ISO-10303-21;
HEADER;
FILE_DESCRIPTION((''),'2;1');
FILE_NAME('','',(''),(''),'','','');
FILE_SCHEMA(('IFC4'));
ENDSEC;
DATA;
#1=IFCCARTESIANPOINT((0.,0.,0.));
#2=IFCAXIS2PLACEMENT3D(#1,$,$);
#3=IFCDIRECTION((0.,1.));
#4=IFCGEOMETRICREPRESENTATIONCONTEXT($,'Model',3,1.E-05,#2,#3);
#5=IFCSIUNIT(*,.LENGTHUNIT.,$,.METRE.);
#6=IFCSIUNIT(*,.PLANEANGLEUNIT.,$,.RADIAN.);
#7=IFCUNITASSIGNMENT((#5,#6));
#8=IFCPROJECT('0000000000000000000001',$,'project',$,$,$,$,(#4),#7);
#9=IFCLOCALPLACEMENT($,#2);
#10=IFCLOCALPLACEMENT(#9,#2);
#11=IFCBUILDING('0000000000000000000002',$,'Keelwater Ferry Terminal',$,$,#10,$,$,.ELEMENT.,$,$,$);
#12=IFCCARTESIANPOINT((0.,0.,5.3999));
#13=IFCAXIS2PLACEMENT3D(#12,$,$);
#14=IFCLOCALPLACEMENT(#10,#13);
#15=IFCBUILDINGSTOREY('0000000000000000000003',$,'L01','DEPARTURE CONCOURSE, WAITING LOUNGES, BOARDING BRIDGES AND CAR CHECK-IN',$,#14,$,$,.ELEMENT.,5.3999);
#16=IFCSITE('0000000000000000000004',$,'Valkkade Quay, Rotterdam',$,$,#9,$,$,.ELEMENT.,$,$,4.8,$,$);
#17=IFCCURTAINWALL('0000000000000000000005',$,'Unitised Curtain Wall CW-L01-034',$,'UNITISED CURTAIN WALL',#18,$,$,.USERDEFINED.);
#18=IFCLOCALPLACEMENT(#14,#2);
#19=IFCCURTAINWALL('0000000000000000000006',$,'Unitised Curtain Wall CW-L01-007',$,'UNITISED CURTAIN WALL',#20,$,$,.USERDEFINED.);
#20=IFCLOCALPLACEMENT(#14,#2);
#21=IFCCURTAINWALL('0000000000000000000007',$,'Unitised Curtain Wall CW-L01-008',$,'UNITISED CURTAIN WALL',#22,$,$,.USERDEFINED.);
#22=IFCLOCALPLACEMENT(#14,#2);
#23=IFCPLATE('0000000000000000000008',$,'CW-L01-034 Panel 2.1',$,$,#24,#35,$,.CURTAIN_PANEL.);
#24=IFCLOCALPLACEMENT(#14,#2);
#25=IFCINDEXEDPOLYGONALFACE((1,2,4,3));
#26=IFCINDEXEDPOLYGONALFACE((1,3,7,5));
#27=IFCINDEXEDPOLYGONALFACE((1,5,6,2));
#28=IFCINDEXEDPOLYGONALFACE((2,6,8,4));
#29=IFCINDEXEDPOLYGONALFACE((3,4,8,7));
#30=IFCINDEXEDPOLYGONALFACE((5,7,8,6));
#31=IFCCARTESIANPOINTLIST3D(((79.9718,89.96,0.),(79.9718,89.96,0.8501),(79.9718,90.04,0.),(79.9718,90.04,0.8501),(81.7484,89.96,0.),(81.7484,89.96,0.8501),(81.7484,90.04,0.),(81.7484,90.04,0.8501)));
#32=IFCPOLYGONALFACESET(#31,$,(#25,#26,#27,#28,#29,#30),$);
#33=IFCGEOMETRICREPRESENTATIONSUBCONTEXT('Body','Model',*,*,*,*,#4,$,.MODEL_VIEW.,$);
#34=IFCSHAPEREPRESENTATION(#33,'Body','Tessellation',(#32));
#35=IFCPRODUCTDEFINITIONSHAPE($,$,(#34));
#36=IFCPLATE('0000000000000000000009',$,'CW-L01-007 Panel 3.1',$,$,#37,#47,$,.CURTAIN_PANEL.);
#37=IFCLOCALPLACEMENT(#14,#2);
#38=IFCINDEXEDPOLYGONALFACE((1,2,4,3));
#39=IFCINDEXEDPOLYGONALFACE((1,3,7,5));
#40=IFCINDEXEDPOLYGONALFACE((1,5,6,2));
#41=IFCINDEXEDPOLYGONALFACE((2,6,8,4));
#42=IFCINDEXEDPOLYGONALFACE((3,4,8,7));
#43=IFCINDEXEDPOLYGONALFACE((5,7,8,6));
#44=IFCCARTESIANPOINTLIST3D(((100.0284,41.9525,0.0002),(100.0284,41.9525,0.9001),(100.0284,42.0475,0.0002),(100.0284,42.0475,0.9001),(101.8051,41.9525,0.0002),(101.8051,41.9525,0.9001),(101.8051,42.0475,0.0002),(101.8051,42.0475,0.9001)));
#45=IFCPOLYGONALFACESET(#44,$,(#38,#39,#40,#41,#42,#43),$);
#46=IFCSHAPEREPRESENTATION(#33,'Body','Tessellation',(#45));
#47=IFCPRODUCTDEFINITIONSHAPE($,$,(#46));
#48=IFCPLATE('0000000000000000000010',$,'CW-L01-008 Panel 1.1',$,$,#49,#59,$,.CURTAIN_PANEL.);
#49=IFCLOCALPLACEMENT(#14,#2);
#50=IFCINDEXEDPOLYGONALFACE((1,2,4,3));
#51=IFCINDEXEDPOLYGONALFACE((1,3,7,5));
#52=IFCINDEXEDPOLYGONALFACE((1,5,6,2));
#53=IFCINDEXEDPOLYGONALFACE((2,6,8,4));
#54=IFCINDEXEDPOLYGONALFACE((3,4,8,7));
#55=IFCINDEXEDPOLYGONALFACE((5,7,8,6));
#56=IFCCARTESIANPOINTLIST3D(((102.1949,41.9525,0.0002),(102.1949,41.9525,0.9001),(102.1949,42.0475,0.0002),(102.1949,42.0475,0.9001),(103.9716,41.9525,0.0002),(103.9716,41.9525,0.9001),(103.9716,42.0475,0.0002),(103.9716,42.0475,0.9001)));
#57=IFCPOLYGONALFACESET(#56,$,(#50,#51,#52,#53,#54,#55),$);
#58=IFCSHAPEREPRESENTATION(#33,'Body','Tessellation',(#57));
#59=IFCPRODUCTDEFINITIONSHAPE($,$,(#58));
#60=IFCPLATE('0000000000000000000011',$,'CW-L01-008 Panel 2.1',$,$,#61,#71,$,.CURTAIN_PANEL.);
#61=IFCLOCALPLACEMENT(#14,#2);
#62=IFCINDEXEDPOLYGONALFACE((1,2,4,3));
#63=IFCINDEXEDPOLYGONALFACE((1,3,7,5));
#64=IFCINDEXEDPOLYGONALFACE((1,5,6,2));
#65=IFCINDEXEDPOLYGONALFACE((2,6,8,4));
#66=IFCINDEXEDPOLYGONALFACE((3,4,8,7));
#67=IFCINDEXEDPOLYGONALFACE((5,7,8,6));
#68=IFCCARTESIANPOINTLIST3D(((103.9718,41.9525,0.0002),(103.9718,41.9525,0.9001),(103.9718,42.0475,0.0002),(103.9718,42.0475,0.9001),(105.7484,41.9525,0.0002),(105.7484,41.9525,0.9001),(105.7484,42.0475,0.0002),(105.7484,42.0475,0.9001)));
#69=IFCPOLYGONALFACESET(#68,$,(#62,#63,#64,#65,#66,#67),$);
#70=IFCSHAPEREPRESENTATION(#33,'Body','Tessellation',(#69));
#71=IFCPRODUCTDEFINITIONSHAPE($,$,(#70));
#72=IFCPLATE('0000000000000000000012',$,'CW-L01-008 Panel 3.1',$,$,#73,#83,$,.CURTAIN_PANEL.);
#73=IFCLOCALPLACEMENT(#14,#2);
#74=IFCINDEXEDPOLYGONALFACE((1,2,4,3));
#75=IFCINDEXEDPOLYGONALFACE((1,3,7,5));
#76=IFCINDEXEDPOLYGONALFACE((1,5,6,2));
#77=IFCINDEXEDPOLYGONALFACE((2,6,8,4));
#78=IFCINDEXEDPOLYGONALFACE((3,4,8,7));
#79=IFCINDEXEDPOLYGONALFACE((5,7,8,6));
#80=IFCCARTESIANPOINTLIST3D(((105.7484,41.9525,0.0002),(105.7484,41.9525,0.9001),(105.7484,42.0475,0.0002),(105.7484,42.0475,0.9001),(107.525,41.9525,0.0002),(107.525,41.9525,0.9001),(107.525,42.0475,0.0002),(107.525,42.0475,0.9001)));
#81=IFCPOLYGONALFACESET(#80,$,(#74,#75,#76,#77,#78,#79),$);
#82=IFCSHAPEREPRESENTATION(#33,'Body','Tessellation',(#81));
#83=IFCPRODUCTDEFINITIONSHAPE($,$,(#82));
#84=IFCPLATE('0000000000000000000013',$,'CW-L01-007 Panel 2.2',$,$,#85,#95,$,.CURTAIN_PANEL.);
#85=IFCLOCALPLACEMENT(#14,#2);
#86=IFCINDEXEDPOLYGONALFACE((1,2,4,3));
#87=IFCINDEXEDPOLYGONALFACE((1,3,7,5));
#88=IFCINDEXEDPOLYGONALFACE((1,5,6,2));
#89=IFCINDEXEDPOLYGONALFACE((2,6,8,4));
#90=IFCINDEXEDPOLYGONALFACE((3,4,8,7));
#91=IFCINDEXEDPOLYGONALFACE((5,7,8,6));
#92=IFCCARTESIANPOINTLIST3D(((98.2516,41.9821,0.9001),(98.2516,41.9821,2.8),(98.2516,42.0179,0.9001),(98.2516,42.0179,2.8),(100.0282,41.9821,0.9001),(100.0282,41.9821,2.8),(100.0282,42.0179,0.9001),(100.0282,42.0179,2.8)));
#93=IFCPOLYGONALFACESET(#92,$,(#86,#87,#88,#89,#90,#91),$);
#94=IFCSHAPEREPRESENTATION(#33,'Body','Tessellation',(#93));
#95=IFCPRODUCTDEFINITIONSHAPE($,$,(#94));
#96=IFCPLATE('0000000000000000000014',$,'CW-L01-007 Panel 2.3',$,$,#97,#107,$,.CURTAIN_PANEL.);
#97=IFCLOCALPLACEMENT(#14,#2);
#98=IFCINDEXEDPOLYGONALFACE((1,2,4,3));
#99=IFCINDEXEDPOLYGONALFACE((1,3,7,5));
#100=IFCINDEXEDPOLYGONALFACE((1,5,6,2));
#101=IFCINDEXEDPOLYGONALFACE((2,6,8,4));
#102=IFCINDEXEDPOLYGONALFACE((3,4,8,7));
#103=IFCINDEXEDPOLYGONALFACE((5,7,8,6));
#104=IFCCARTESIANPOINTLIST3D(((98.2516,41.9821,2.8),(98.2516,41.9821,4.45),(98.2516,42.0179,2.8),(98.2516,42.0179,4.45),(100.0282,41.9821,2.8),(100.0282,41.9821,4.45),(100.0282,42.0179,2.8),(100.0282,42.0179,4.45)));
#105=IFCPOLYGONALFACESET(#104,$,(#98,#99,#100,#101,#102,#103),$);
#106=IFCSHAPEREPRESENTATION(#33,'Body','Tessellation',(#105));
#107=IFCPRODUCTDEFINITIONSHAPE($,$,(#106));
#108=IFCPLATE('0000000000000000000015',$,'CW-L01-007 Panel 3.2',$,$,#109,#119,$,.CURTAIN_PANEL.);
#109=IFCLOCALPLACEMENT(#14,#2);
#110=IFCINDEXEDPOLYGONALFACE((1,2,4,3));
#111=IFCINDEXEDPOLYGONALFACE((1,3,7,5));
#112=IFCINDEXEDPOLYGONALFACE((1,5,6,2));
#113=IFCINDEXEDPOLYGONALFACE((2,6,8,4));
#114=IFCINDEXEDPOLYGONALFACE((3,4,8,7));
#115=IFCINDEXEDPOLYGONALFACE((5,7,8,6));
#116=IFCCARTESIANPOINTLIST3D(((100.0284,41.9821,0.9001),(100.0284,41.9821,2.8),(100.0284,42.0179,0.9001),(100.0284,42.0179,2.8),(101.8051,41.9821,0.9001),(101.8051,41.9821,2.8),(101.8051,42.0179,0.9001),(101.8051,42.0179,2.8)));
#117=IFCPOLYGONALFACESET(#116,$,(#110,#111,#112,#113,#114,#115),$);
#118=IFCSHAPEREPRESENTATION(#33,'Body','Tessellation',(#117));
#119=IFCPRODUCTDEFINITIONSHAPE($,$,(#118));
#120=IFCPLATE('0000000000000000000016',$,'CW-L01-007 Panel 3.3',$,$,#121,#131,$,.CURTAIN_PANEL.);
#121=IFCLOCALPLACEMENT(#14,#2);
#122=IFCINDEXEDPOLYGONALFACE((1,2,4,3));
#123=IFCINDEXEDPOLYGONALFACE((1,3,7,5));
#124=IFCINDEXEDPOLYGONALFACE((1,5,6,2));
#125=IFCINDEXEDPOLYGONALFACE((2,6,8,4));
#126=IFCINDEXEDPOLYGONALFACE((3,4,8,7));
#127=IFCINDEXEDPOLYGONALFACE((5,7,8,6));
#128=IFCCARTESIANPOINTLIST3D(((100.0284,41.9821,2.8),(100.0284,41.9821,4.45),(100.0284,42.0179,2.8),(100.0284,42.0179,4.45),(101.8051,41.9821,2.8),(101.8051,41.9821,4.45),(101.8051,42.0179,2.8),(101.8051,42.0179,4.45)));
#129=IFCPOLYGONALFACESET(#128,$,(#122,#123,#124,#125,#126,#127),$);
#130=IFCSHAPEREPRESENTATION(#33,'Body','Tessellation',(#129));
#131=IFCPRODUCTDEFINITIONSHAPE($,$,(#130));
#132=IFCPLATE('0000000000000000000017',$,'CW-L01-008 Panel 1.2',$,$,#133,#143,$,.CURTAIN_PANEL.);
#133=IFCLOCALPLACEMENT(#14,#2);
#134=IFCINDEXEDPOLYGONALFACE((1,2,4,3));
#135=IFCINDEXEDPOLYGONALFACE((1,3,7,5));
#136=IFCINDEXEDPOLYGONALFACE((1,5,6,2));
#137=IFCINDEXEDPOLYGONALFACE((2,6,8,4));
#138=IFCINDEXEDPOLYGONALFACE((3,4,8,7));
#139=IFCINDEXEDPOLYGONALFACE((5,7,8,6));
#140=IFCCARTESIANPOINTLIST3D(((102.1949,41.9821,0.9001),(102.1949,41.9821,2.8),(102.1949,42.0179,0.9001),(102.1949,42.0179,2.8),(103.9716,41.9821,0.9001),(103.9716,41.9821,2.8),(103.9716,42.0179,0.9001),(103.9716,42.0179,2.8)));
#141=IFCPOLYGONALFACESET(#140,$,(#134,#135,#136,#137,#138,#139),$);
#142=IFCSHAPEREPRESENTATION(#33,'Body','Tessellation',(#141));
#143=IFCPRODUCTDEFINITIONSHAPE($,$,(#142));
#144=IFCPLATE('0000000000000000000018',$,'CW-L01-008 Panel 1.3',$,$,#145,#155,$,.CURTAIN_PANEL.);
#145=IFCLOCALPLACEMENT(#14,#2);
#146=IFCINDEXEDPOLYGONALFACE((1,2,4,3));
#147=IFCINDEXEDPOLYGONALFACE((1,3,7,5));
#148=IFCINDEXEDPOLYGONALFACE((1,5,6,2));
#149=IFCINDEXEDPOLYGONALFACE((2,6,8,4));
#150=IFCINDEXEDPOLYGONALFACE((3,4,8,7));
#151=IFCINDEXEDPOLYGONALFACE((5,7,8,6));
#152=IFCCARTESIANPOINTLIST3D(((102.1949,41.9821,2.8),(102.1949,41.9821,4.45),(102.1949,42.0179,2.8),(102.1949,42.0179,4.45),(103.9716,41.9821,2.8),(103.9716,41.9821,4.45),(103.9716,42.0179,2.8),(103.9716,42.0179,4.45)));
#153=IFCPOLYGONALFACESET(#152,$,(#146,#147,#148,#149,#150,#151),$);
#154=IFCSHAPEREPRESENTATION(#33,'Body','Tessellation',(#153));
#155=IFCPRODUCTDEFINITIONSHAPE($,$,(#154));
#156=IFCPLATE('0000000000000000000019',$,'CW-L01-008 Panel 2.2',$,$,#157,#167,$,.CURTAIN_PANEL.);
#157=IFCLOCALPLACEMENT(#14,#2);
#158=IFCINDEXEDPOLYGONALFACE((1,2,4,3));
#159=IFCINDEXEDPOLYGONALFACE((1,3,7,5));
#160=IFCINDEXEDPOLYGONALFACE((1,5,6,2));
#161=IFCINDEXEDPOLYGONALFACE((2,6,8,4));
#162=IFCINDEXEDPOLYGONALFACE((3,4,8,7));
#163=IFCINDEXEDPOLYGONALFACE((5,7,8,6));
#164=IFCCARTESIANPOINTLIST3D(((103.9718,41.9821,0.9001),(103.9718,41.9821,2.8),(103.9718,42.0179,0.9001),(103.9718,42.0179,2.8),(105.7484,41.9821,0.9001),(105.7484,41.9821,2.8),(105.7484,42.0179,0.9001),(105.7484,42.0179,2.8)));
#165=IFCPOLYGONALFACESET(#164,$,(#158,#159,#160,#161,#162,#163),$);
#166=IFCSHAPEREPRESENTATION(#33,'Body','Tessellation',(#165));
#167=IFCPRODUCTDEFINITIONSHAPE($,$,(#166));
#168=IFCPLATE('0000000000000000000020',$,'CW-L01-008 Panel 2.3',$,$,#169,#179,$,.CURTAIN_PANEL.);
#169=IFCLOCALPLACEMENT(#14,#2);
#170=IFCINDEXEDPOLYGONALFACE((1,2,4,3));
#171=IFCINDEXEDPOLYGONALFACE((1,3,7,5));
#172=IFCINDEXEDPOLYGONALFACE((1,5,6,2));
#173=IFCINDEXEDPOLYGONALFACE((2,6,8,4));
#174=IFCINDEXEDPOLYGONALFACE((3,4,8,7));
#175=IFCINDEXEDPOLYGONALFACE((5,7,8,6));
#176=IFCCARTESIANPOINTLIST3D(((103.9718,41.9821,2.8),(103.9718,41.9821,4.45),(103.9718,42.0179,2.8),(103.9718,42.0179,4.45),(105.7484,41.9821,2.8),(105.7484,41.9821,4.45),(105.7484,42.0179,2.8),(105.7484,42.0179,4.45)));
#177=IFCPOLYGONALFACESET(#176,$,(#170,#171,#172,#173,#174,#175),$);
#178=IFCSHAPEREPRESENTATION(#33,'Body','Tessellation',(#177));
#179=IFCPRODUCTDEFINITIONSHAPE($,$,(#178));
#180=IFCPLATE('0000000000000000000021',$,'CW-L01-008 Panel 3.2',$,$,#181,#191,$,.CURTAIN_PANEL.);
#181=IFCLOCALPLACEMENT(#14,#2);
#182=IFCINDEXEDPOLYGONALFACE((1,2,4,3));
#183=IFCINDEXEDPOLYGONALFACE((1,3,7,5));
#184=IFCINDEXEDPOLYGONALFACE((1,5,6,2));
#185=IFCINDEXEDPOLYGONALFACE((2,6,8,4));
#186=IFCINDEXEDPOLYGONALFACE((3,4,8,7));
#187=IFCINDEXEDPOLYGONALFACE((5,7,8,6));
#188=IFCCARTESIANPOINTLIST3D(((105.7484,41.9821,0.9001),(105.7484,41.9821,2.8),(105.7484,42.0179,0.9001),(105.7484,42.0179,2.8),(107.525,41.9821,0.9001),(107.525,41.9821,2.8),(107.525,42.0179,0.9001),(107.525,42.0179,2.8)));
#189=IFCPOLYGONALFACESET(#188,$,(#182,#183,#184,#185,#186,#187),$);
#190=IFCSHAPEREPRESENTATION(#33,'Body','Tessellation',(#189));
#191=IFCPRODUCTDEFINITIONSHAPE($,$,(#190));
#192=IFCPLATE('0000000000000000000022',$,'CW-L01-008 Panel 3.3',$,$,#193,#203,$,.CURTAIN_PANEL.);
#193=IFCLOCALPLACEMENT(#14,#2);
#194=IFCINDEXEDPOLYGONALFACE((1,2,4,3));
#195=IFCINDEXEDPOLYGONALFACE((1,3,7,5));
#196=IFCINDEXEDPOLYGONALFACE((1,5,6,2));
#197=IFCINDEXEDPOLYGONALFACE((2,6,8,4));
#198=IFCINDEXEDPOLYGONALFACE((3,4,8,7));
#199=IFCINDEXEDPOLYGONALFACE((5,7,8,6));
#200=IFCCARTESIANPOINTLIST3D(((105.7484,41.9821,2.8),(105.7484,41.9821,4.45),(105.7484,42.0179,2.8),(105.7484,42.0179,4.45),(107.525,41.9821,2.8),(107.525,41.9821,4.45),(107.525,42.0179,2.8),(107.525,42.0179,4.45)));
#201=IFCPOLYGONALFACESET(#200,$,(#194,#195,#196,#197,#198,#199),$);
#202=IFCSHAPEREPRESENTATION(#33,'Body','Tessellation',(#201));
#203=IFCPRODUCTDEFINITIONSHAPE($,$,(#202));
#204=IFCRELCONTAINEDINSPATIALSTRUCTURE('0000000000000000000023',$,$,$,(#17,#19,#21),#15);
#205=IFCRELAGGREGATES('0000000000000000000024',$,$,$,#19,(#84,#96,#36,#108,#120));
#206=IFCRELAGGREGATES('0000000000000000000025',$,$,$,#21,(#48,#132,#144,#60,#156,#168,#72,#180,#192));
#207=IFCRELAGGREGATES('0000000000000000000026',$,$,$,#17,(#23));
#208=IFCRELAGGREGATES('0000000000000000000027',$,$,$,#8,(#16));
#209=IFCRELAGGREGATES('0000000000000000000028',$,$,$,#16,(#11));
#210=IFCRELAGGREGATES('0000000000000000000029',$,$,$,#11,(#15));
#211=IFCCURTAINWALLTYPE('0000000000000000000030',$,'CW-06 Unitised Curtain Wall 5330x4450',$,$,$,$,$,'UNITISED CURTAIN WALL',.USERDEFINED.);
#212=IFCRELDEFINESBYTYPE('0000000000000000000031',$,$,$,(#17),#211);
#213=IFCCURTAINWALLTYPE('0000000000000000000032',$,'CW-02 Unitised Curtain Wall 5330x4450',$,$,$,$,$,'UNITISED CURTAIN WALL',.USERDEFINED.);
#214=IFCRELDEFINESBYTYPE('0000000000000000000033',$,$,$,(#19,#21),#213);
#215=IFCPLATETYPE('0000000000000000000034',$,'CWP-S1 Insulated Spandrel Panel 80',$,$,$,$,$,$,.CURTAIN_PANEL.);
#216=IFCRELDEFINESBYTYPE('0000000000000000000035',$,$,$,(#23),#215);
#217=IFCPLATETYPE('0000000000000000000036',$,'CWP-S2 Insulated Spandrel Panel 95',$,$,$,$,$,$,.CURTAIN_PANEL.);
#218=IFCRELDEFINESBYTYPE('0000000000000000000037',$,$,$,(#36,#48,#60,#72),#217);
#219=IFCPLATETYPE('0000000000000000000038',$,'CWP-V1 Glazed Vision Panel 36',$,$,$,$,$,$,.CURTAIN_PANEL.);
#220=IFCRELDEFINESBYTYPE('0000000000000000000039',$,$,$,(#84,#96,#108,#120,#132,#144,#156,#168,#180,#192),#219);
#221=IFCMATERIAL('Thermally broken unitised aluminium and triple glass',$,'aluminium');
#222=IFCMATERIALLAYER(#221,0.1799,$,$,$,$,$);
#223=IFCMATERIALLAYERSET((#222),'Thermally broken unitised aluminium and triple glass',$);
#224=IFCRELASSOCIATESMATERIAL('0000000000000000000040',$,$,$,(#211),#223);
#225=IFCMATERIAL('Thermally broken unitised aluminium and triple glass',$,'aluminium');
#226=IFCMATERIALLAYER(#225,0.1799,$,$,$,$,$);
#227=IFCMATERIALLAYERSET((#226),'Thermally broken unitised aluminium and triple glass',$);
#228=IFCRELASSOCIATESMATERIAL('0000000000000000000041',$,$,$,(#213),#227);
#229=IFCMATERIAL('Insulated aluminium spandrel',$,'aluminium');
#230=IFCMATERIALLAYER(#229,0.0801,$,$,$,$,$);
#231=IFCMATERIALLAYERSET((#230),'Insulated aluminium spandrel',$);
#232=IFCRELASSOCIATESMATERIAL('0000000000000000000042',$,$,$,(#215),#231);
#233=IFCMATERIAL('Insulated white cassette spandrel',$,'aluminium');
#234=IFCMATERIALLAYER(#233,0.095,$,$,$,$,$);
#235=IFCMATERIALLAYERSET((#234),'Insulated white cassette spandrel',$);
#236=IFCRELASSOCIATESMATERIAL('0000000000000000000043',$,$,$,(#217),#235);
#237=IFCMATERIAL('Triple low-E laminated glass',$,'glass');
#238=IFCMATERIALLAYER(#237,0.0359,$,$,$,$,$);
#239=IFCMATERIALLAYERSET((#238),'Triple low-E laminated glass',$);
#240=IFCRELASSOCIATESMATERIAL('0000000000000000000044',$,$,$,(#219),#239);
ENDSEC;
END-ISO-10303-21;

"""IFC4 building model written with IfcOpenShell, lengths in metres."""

from ifc_helpers import new_model, si_unit, direction, frame, origin, origin_2d, place, context, subcontext, project, spatial, rectangle, extrude, material, layer, layer_set, type_object, element, aggregate, save


model = new_model("IFC4")

# Units and contexts
model_context = context("Model", 3, precision=1e-05, world=origin(), true_north=direction((0.0, 1.0)))
body_context = subcontext(model_context, "Body", "Model", "MODEL_VIEW")
ifc_project = project(units=[si_unit("LENGTHUNIT", "METRE"), si_unit("PLANEANGLEUNIT", "RADIAN")], contexts=[model_context])

# Site, building, storey
site_placement = place(None, origin())
site = spatial("IfcSite", under=ifc_project, at=site_placement, Name="Valkkade Quay, Rotterdam", CompositionType="ELEMENT", RefElevation=4.8)
building_placement = place(site_placement, origin())
building = spatial("IfcBuilding", under=site, at=building_placement, Name="Keelwater Ferry Terminal", CompositionType="ELEMENT")
storey_placement = place(building_placement, frame((0.0, 0.0, 5.3999)))
storey = spatial("IfcBuildingStorey", under=building, at=storey_placement, Name="L01", Description="DEPARTURE CONCOURSE, WAITING LOUNGES, BOARDING BRIDGES AND CAR CHECK-IN", CompositionType="ELEMENT", Elevation=5.3999)

# Curtain wall
ifc_material_1 = material(Name="Thermally broken unitised aluminium and triple glass", Category="aluminium")
ifc_layer_1 = layer(ifc_material_1, 0.1799)
ifc_layer_set_1 = layer_set([ifc_layer_1], Name="Thermally broken unitised aluminium and triple glass")
curtain_wall_type_1 = type_object("IfcCurtainWallType", Name="CW-06 Unitised Curtain Wall 5330x4450", ElementType="UNITISED CURTAIN WALL", PredefinedType="USERDEFINED", material=ifc_layer_set_1)
curtain_wall_1_placement = place(storey_placement, origin())
curtain_wall_1 = element("IfcCurtainWall", 1, at=curtain_wall_1_placement, inside=storey, type_object=curtain_wall_type_1, Name="Unitised Curtain Wall CW-L01-034", ObjectType="UNITISED CURTAIN WALL", PredefinedType="USERDEFINED")

# Curtain walls
ifc_material_2 = material(Name="Thermally broken unitised aluminium and triple glass", Category="aluminium")
ifc_layer_2 = layer(ifc_material_2, 0.1799)
ifc_layer_set_2 = layer_set([ifc_layer_2], Name="Thermally broken unitised aluminium and triple glass")
curtain_wall_type_2 = type_object("IfcCurtainWallType", Name="CW-02 Unitised Curtain Wall 5330x4450", ElementType="UNITISED CURTAIN WALL", PredefinedType="USERDEFINED", material=ifc_layer_set_2)
curtain_wall_2_placement = place(storey_placement, origin())
curtain_wall_2 = element("IfcCurtainWall", 2, at=curtain_wall_2_placement, inside=storey, type_object=curtain_wall_type_2, Name="Unitised Curtain Wall CW-L01-007", ObjectType="UNITISED CURTAIN WALL", PredefinedType="USERDEFINED")
curtain_wall_3_placement = place(storey_placement, origin())
curtain_wall_3 = element("IfcCurtainWall", 3, at=curtain_wall_3_placement, inside=storey, type_object=curtain_wall_type_2, Name="Unitised Curtain Wall CW-L01-008", ObjectType="UNITISED CURTAIN WALL", PredefinedType="USERDEFINED")

# Plates
ifc_material_3 = material(Name="Insulated aluminium spandrel", Category="aluminium")
ifc_layer_3 = layer(ifc_material_3, 0.0801)
ifc_layer_set_3 = layer_set([ifc_layer_3], Name="Insulated aluminium spandrel")
plate_type_1 = type_object("IfcPlateType", Name="CWP-S1 Insulated Spandrel Panel 80", PredefinedType="CURTAIN_PANEL", material=ifc_layer_set_3)
plate_1_placement = place(storey_placement, frame((80.8601, 90.0, 0.0), z_axis=(0.0, 0.0, 1.0), x_axis=(1.0, 0.0, 0.0)))
plate_1 = element("IfcPlate", 4, at=plate_1_placement, type_object=plate_type_1, Name="CW-L01-034 Panel 2.1", PredefinedType="CURTAIN_PANEL", context=body_context, shape_type="SweptSolid", body=[
    extrude(rectangle(XDim=1.7766, YDim=0.0801, at=origin_2d()), origin(), (0.0, 0.0, 1.0), 0.8501),
])
ifc_material_4 = material(Name="Insulated white cassette spandrel", Category="aluminium")
ifc_layer_4 = layer(ifc_material_4, 0.095)
ifc_layer_set_4 = layer_set([ifc_layer_4], Name="Insulated white cassette spandrel")
plate_type_2 = type_object("IfcPlateType", Name="CWP-S2 Insulated Spandrel Panel 95", PredefinedType="CURTAIN_PANEL", material=ifc_layer_set_4)
plate_2_placement = place(storey_placement, frame((100.9167, 42.0, 0.0002), z_axis=(0.0, 0.0, 1.0), x_axis=(1.0, 0.0, 0.0)))
plate_2 = element("IfcPlate", 5, at=plate_2_placement, type_object=plate_type_2, Name="CW-L01-007 Panel 3.1", PredefinedType="CURTAIN_PANEL", context=body_context, shape_type="SweptSolid", body=[
    extrude(rectangle(XDim=1.7766, YDim=0.095, at=origin_2d()), origin(), (0.0, 0.0, 1.0), 0.8999),
])
plate_3_placement = place(storey_placement, frame((103.0833, 42.0, 0.0002), z_axis=(0.0, 0.0, 1.0), x_axis=(1.0, 0.0, 0.0)))
plate_3 = element("IfcPlate", 6, at=plate_3_placement, type_object=plate_type_2, Name="CW-L01-008 Panel 1.1", PredefinedType="CURTAIN_PANEL", context=body_context, shape_type="SweptSolid", body=[
    extrude(rectangle(XDim=1.7766, YDim=0.095, at=origin_2d()), origin(), (0.0, 0.0, 1.0), 0.8999),
])
plate_4_placement = place(storey_placement, frame((104.8601, 42.0, 0.0002), z_axis=(0.0, 0.0, 1.0), x_axis=(1.0, 0.0, 0.0)))
plate_4 = element("IfcPlate", 7, at=plate_4_placement, type_object=plate_type_2, Name="CW-L01-008 Panel 2.1", PredefinedType="CURTAIN_PANEL", context=body_context, shape_type="SweptSolid", body=[
    extrude(rectangle(XDim=1.7766, YDim=0.095, at=origin_2d()), origin(), (0.0, 0.0, 1.0), 0.8999),
])
plate_5_placement = place(storey_placement, frame((106.6367, 42.0, 0.0002), z_axis=(0.0, 0.0, 1.0), x_axis=(1.0, 0.0, 0.0)))
plate_5 = element("IfcPlate", 8, at=plate_5_placement, type_object=plate_type_2, Name="CW-L01-008 Panel 3.1", PredefinedType="CURTAIN_PANEL", context=body_context, shape_type="SweptSolid", body=[
    extrude(rectangle(XDim=1.7766, YDim=0.095, at=origin_2d()), origin(), (0.0, 0.0, 1.0), 0.8999),
])
ifc_material_5 = material(Name="Triple low-E laminated glass", Category="glass")
ifc_layer_5 = layer(ifc_material_5, 0.0359)
ifc_layer_set_5 = layer_set([ifc_layer_5], Name="Triple low-E laminated glass")
plate_type_3 = type_object("IfcPlateType", Name="CWP-V1 Glazed Vision Panel 36", PredefinedType="CURTAIN_PANEL", material=ifc_layer_set_5)
plate_6_placement = place(storey_placement, frame((99.1399, 42.0, 0.9001), z_axis=(0.0, 0.0, 1.0), x_axis=(1.0, 0.0, 0.0)))
plate_6 = element("IfcPlate", 9, at=plate_6_placement, type_object=plate_type_3, Name="CW-L01-007 Panel 2.2", PredefinedType="CURTAIN_PANEL", context=body_context, shape_type="SweptSolid", body=[
    extrude(rectangle(XDim=1.7766, YDim=0.0359, at=origin_2d()), origin(), (0.0, 0.0, 1.0), 1.8999),
])
plate_7_placement = place(storey_placement, frame((99.1399, 42.0, 2.8), z_axis=(0.0, 0.0, 1.0), x_axis=(1.0, 0.0, 0.0)))
plate_7 = element("IfcPlate", 10, at=plate_7_placement, type_object=plate_type_3, Name="CW-L01-007 Panel 2.3", PredefinedType="CURTAIN_PANEL", context=body_context, shape_type="SweptSolid", body=[
    extrude(rectangle(XDim=1.7766, YDim=0.0359, at=origin_2d()), origin(), (0.0, 0.0, 1.0), 1.6499),
])
plate_8_placement = place(storey_placement, frame((100.9167, 42.0, 0.9001), z_axis=(0.0, 0.0, 1.0), x_axis=(1.0, 0.0, 0.0)))
plate_8 = element("IfcPlate", 11, at=plate_8_placement, type_object=plate_type_3, Name="CW-L01-007 Panel 3.2", PredefinedType="CURTAIN_PANEL", context=body_context, shape_type="SweptSolid", body=[
    extrude(rectangle(XDim=1.7766, YDim=0.0359, at=origin_2d()), origin(), (0.0, 0.0, 1.0), 1.8999),
])
plate_9_placement = place(storey_placement, frame((100.9167, 42.0, 2.8), z_axis=(0.0, 0.0, 1.0), x_axis=(1.0, 0.0, 0.0)))
plate_9 = element("IfcPlate", 12, at=plate_9_placement, type_object=plate_type_3, Name="CW-L01-007 Panel 3.3", PredefinedType="CURTAIN_PANEL", context=body_context, shape_type="SweptSolid", body=[
    extrude(rectangle(XDim=1.7766, YDim=0.0359, at=origin_2d()), origin(), (0.0, 0.0, 1.0), 1.6499),
])
aggregate(curtain_wall_2, [plate_6, plate_7, plate_2, plate_8, plate_9])
plate_10_placement = place(storey_placement, frame((103.0833, 42.0, 0.9001), z_axis=(0.0, 0.0, 1.0), x_axis=(1.0, 0.0, 0.0)))
plate_10 = element("IfcPlate", 13, at=plate_10_placement, type_object=plate_type_3, Name="CW-L01-008 Panel 1.2", PredefinedType="CURTAIN_PANEL", context=body_context, shape_type="SweptSolid", body=[
    extrude(rectangle(XDim=1.7766, YDim=0.0359, at=origin_2d()), origin(), (0.0, 0.0, 1.0), 1.8999),
])
plate_11_placement = place(storey_placement, frame((103.0833, 42.0, 2.8), z_axis=(0.0, 0.0, 1.0), x_axis=(1.0, 0.0, 0.0)))
plate_11 = element("IfcPlate", 14, at=plate_11_placement, type_object=plate_type_3, Name="CW-L01-008 Panel 1.3", PredefinedType="CURTAIN_PANEL", context=body_context, shape_type="SweptSolid", body=[
    extrude(rectangle(XDim=1.7766, YDim=0.0359, at=origin_2d()), origin(), (0.0, 0.0, 1.0), 1.6499),
])
plate_12_placement = place(storey_placement, frame((104.8601, 42.0, 0.9001), z_axis=(0.0, 0.0, 1.0), x_axis=(1.0, 0.0, 0.0)))
plate_12 = element("IfcPlate", 15, at=plate_12_placement, type_object=plate_type_3, Name="CW-L01-008 Panel 2.2", PredefinedType="CURTAIN_PANEL", context=body_context, shape_type="SweptSolid", body=[
    extrude(rectangle(XDim=1.7766, YDim=0.0359, at=origin_2d()), origin(), (0.0, 0.0, 1.0), 1.8999),
])
plate_13_placement = place(storey_placement, frame((104.8601, 42.0, 2.8), z_axis=(0.0, 0.0, 1.0), x_axis=(1.0, 0.0, 0.0)))
plate_13 = element("IfcPlate", 16, at=plate_13_placement, type_object=plate_type_3, Name="CW-L01-008 Panel 2.3", PredefinedType="CURTAIN_PANEL", context=body_context, shape_type="SweptSolid", body=[
    extrude(rectangle(XDim=1.7766, YDim=0.0359, at=origin_2d()), origin(), (0.0, 0.0, 1.0), 1.6499),
])
plate_14_placement = place(storey_placement, frame((106.6367, 42.0, 0.9001), z_axis=(0.0, 0.0, 1.0), x_axis=(1.0, 0.0, 0.0)))
plate_14 = element("IfcPlate", 17, at=plate_14_placement, type_object=plate_type_3, Name="CW-L01-008 Panel 3.2", PredefinedType="CURTAIN_PANEL", context=body_context, shape_type="SweptSolid", body=[
    extrude(rectangle(XDim=1.7766, YDim=0.0359, at=origin_2d()), origin(), (0.0, 0.0, 1.0), 1.8999),
])
plate_15_placement = place(storey_placement, frame((106.6367, 42.0, 2.8), z_axis=(0.0, 0.0, 1.0), x_axis=(1.0, 0.0, 0.0)))
plate_15 = element("IfcPlate", 18, at=plate_15_placement, type_object=plate_type_3, Name="CW-L01-008 Panel 3.3", PredefinedType="CURTAIN_PANEL", context=body_context, shape_type="SweptSolid", body=[
    extrude(rectangle(XDim=1.7766, YDim=0.0359, at=origin_2d()), origin(), (0.0, 0.0, 1.0), 1.6499),
])
aggregate(curtain_wall_3, [plate_3, plate_10, plate_11, plate_4, plate_12, plate_13, plate_5, plate_14, plate_15])
aggregate(curtain_wall_1, [plate_1])

save(model, "model.ifc")
